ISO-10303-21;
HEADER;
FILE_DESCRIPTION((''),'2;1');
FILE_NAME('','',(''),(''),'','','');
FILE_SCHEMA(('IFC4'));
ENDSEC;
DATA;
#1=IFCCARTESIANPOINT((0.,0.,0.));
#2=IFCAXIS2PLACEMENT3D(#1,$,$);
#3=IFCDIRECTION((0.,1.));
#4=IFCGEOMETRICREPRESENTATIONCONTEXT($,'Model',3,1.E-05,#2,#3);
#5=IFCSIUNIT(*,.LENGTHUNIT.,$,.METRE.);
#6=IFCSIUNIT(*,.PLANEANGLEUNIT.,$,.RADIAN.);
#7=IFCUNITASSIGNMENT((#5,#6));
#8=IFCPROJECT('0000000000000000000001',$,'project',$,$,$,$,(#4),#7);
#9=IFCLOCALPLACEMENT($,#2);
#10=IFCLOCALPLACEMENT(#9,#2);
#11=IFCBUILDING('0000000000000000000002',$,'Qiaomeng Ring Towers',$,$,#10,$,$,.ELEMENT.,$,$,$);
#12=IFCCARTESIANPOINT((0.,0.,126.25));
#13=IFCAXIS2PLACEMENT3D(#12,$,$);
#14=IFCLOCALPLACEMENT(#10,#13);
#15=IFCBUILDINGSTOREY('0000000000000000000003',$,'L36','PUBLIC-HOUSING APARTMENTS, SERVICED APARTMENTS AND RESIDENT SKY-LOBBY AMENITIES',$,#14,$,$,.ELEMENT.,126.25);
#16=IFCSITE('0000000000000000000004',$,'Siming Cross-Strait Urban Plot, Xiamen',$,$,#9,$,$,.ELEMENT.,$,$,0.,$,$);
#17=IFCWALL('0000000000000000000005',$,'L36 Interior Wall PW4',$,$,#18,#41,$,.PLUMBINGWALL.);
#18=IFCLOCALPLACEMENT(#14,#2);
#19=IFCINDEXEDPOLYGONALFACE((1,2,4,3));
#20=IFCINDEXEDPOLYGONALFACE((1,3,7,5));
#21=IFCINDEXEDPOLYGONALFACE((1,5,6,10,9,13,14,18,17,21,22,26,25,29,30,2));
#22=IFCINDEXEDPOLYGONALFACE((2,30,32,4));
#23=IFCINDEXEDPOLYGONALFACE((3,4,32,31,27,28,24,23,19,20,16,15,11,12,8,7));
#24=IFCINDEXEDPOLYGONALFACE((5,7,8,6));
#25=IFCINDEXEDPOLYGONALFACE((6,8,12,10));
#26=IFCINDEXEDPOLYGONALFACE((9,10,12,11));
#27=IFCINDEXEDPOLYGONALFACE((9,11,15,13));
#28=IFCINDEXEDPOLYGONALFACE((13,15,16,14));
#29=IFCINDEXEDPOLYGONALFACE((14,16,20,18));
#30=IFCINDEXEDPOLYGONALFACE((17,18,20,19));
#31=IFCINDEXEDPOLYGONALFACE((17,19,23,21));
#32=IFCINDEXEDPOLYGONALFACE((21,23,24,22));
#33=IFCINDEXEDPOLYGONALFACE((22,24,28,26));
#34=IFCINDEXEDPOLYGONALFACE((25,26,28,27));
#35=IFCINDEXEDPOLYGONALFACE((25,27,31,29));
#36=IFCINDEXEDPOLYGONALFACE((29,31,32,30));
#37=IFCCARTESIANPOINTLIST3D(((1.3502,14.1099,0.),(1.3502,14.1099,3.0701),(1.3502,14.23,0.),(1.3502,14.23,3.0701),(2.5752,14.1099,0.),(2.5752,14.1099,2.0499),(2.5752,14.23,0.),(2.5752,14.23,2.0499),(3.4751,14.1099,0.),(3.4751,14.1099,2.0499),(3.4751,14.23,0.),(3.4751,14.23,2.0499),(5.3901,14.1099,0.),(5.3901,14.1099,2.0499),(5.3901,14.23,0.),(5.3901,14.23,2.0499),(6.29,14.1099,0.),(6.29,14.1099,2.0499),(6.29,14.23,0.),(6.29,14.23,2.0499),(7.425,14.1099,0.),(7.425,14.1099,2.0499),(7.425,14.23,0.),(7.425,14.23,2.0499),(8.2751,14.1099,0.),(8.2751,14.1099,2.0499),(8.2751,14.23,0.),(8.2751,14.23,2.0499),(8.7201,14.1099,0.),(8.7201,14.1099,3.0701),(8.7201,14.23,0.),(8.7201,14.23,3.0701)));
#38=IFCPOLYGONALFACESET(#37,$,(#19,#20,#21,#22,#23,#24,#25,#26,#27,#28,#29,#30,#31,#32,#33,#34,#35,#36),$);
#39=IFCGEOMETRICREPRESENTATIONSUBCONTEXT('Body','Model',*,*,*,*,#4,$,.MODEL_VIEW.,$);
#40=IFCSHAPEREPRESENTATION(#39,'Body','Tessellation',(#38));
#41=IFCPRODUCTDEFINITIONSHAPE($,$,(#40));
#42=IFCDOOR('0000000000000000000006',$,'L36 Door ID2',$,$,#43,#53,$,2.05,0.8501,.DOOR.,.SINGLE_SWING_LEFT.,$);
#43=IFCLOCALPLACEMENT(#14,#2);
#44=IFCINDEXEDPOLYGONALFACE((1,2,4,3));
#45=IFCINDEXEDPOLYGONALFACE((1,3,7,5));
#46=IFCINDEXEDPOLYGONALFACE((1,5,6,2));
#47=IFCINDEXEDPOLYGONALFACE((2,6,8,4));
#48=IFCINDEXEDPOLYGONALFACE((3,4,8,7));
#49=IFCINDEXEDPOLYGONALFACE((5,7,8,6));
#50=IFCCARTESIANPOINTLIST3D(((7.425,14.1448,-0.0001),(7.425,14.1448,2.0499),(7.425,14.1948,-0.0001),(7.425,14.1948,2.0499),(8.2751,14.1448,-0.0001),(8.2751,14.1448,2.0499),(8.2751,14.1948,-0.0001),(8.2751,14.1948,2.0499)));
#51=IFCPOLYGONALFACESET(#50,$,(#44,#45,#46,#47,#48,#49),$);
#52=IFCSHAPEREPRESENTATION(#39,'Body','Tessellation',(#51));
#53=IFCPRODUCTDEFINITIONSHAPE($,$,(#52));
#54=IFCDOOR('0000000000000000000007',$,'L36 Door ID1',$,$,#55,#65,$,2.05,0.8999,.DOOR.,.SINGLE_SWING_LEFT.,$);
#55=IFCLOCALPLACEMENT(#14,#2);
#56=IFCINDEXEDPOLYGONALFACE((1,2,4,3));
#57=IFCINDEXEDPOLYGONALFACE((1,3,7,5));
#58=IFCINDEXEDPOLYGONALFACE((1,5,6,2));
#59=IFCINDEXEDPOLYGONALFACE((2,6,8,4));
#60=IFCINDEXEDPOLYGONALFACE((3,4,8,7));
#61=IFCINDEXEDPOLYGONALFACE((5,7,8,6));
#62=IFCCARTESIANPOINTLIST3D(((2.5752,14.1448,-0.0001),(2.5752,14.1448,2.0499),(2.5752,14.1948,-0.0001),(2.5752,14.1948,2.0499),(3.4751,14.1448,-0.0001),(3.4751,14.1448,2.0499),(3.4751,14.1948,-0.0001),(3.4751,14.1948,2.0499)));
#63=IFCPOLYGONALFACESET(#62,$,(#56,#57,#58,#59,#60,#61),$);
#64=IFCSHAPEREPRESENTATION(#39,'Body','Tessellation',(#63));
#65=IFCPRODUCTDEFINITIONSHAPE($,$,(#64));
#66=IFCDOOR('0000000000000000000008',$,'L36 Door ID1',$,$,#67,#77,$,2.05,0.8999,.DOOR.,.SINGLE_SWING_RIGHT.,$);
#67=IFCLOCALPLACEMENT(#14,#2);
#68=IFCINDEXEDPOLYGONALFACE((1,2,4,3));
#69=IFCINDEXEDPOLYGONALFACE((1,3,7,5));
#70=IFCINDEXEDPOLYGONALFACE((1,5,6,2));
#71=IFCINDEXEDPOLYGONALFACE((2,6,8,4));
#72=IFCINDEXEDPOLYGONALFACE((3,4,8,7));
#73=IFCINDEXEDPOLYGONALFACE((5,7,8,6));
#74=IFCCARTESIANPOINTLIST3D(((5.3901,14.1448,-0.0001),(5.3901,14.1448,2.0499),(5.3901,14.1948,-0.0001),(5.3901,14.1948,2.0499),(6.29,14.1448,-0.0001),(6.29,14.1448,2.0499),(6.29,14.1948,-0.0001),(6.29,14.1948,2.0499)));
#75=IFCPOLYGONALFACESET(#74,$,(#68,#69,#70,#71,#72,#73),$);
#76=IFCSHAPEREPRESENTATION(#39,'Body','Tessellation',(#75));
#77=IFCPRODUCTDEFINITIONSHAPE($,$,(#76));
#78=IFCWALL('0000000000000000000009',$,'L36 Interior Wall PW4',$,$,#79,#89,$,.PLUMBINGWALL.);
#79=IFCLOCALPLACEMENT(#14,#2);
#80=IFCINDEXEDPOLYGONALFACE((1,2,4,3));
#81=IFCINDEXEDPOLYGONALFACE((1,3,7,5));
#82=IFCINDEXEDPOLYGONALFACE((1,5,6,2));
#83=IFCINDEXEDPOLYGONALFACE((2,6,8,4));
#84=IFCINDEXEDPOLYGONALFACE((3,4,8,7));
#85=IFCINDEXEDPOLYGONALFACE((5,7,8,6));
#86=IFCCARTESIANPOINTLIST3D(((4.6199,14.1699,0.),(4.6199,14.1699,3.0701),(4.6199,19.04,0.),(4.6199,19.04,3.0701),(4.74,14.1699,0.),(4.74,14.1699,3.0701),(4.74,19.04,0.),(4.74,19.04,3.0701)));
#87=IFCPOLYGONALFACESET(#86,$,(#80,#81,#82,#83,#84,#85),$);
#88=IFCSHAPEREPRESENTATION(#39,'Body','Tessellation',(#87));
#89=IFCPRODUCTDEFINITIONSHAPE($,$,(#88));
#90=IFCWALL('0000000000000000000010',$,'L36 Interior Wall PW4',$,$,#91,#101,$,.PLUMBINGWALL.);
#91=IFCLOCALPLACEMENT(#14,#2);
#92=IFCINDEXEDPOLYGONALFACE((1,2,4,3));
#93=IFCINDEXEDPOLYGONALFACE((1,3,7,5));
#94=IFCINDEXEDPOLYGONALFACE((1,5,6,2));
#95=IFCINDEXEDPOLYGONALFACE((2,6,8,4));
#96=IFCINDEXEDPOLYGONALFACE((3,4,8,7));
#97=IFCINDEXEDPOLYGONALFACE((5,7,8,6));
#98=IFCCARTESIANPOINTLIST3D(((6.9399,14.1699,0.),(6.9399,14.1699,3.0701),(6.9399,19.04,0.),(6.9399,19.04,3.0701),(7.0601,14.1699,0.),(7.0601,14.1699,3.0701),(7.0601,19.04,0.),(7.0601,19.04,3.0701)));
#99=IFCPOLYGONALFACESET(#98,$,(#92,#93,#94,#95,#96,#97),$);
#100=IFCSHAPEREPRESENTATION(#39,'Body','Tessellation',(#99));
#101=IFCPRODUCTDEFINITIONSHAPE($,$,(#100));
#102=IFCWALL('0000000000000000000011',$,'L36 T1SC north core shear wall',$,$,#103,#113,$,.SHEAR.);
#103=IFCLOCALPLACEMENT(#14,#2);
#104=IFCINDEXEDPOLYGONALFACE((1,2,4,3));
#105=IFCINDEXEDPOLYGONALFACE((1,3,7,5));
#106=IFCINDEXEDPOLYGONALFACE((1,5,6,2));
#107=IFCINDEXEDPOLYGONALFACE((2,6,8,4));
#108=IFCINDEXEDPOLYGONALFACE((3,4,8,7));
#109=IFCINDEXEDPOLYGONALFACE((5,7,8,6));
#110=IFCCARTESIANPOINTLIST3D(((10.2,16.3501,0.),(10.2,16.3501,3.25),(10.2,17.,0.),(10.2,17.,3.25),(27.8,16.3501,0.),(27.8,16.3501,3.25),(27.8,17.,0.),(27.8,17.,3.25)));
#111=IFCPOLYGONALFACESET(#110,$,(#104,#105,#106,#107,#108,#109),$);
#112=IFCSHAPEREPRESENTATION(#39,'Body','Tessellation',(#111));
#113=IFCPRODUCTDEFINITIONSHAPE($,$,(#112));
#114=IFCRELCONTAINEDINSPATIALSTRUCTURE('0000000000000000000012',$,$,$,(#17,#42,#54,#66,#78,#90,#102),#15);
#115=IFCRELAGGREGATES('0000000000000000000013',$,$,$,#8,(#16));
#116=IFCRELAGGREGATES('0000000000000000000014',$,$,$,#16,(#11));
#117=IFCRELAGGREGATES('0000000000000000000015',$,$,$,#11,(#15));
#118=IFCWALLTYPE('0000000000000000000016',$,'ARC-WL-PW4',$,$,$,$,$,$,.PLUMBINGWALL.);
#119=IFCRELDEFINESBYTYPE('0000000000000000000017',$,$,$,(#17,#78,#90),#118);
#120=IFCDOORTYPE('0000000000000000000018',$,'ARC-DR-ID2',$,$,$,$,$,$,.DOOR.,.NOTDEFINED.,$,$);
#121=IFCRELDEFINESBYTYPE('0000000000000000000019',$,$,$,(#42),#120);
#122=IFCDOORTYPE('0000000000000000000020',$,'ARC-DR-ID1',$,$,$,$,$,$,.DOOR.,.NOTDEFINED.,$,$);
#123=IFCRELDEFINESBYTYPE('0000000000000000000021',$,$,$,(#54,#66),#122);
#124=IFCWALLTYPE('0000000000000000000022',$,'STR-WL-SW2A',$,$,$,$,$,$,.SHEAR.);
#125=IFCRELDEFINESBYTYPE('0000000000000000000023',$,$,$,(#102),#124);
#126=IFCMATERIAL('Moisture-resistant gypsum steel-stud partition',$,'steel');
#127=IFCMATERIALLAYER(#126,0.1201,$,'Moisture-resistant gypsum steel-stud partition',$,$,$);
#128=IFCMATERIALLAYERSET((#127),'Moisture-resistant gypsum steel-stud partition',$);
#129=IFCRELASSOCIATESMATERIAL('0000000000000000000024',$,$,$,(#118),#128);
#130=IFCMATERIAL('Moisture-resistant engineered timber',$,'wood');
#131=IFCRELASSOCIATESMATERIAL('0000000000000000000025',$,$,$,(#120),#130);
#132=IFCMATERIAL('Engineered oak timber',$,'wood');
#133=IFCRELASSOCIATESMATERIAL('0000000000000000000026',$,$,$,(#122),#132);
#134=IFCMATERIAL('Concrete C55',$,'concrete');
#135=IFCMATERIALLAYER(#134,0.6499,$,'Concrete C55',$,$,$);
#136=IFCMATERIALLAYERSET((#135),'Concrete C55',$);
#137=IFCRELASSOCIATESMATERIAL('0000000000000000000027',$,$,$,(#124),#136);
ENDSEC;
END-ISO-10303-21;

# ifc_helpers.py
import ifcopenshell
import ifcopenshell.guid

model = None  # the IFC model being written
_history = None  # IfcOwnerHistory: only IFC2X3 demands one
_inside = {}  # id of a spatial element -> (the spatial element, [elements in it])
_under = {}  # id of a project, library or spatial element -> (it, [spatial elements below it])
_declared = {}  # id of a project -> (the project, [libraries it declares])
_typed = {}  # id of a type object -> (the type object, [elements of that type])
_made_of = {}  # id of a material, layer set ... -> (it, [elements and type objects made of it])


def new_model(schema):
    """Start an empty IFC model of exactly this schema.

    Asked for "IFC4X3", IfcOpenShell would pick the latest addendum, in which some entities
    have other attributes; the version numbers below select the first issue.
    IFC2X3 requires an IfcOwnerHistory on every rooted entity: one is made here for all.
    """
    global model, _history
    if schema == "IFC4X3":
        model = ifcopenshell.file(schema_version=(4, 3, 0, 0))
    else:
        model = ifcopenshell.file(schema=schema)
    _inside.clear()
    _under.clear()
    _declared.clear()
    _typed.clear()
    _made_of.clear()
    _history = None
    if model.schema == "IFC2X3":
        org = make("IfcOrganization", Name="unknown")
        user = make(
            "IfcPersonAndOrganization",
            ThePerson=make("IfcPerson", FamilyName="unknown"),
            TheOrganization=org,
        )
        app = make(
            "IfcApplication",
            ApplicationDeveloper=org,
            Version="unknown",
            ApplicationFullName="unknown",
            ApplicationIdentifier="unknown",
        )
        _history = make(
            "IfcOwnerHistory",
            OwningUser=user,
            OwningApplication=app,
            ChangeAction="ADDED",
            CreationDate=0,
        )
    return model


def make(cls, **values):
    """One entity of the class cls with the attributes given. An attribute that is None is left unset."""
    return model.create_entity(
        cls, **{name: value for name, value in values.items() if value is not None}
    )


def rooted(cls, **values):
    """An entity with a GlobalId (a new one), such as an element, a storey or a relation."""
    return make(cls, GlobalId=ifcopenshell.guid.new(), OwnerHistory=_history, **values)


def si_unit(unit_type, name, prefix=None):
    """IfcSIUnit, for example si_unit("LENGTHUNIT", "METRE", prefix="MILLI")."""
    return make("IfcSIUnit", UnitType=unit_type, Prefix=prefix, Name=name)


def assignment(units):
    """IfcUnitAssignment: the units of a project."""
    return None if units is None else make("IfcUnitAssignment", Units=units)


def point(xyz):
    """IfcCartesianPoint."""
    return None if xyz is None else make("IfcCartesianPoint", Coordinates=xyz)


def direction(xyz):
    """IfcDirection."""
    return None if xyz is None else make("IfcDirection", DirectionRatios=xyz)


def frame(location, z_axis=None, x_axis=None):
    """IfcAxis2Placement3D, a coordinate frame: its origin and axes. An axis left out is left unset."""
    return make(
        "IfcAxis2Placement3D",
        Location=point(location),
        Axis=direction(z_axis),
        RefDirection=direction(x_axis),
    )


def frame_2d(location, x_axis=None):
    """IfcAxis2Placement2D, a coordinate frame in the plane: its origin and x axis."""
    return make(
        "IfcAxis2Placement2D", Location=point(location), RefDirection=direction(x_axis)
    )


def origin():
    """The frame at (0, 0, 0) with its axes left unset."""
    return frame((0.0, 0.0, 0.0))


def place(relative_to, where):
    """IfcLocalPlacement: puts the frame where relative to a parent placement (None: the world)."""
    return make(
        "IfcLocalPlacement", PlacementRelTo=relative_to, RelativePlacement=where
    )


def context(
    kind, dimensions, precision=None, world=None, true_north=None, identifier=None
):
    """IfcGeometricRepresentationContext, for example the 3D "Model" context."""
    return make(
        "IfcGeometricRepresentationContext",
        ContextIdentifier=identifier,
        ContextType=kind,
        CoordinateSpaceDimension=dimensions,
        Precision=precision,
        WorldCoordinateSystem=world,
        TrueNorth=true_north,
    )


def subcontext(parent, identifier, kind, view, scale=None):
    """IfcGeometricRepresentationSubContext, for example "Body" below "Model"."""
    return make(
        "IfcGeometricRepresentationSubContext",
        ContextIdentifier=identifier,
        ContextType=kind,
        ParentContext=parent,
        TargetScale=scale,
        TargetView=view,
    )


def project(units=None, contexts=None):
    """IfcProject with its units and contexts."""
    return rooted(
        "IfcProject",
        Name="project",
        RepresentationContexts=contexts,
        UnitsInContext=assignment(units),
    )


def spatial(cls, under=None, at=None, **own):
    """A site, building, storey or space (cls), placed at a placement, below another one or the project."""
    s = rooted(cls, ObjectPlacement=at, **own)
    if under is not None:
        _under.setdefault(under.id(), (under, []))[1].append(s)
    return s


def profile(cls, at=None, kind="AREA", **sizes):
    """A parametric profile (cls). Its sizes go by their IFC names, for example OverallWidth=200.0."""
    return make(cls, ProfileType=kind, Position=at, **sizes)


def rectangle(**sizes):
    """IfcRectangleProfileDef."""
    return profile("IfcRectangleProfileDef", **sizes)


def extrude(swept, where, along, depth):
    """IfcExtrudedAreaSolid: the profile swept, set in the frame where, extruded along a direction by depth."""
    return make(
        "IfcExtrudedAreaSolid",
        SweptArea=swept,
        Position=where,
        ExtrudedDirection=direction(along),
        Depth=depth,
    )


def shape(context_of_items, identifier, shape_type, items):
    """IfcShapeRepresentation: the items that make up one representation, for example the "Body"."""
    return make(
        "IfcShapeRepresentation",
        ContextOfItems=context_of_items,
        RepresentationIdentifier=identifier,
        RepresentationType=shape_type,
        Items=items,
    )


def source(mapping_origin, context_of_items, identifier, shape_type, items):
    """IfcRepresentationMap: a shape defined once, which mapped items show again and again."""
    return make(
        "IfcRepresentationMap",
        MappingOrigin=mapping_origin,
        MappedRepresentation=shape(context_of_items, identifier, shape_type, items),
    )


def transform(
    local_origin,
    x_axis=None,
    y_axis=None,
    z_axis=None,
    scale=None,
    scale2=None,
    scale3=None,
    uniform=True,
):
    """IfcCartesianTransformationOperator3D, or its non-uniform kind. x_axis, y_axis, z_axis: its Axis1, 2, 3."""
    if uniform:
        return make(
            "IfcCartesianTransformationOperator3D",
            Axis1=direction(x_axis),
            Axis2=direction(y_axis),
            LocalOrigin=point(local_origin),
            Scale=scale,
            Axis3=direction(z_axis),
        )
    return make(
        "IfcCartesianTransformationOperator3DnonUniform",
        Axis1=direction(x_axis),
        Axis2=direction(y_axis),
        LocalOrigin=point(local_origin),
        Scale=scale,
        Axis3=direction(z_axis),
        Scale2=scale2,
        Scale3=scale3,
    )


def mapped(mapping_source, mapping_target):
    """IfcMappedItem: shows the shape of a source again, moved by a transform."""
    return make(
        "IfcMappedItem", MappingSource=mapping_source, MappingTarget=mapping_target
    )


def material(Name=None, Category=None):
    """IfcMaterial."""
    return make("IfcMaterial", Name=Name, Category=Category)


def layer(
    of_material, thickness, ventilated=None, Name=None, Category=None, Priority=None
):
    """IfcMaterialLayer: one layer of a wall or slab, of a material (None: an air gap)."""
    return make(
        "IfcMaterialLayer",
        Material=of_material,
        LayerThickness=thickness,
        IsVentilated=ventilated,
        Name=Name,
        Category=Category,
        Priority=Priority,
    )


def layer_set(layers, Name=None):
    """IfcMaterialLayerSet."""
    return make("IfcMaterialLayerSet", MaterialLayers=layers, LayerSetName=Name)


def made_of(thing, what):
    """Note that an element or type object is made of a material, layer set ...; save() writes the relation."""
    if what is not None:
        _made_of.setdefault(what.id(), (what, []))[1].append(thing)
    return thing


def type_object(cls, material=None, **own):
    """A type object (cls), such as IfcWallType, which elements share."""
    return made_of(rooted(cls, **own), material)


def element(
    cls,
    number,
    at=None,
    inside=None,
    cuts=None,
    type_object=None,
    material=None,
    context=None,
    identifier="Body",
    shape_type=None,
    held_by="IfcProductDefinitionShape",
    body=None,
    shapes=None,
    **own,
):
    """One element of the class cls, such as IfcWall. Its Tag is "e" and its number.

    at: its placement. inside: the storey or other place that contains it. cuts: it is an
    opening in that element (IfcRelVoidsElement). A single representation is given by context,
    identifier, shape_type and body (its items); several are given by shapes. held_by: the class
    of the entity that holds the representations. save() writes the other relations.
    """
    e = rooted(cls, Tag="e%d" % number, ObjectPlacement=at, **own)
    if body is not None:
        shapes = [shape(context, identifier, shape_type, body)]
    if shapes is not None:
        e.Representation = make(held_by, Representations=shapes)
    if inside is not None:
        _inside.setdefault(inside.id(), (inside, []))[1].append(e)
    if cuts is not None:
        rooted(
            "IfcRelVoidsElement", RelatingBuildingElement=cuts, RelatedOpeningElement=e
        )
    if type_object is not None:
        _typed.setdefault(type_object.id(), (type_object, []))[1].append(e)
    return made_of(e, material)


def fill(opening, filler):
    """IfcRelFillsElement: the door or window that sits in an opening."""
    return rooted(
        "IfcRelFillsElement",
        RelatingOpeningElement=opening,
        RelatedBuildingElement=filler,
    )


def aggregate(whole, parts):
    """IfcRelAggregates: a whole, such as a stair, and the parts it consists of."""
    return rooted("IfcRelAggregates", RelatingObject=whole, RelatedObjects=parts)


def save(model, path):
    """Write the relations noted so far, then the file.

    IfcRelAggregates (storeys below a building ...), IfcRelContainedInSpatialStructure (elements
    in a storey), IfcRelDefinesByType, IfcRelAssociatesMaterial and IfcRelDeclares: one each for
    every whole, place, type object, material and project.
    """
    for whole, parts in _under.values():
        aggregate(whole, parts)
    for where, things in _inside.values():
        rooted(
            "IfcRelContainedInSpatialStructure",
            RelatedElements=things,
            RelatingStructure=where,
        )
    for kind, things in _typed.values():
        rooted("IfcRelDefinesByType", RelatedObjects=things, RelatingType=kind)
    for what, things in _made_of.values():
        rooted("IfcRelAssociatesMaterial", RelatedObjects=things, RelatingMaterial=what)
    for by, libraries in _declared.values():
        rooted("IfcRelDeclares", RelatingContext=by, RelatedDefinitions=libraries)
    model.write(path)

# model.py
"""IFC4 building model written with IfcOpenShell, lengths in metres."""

from ifc_helpers import new_model, si_unit, direction, frame, frame_2d, origin, place, context, subcontext, project, spatial, rectangle, extrude, source, transform, mapped, material, layer, layer_set, type_object, element, fill, save


model = new_model("IFC4")

# Units and contexts
model_context = context("Model", 3, precision=1e-05, world=origin(), true_north=direction((0.0, 1.0)))
body_context = subcontext(model_context, "Body", "Model", "MODEL_VIEW")
ifc_project = project(units=[si_unit("LENGTHUNIT", "METRE"), si_unit("PLANEANGLEUNIT", "RADIAN")], contexts=[model_context])

# Site, building, storey
site_placement = place(None, origin())
site = spatial("IfcSite", under=ifc_project, at=site_placement, Name="Siming Cross-Strait Urban Plot, Xiamen", CompositionType="ELEMENT", RefElevation=0.0)
building_placement = place(site_placement, origin())
building = spatial("IfcBuilding", under=site, at=building_placement, Name="Qiaomeng Ring Towers", CompositionType="ELEMENT")
storey_placement = place(building_placement, frame((0.0, 0.0, 126.25)))
storey = spatial("IfcBuildingStorey", under=building, at=storey_placement, Name="L36", Description="PUBLIC-HOUSING APARTMENTS, SERVICED APARTMENTS AND RESIDENT SKY-LOBBY AMENITIES", CompositionType="ELEMENT", Elevation=126.25)

# Shared definitions
ifc_material_1 = material(Name="Concrete C55", Category="concrete")

# Wall, openings, doors
ifc_material_2 = material(Name="Moisture-resistant gypsum steel-stud partition", Category="steel")
ifc_layer_1 = layer(ifc_material_2, 0.1201, Name="Moisture-resistant gypsum steel-stud partition")
ifc_layer_set_1 = layer_set([ifc_layer_1], Name="Moisture-resistant gypsum steel-stud partition")
wall_type_1 = type_object("IfcWallType", Name="ARC-WL-PW4", PredefinedType="PLUMBINGWALL", material=ifc_layer_set_1)
wall_1_placement = place(storey_placement, frame((1.3501, 14.1699, 0.0), z_axis=(0.0, 0.0, 1.0), x_axis=(1.0, 0.0, 0.0)))
wall_1 = element("IfcWall", 1, at=wall_1_placement, inside=storey, type_object=wall_type_1, Name="L36 Interior Wall PW4", PredefinedType="PLUMBINGWALL", context=body_context, shape_type="SweptSolid", body=[
    extrude(rectangle(XDim=7.3699, YDim=0.1201, at=frame_2d((3.6851, 0.0))), origin(), (0.0, 0.0, 1.0), 3.0701),
])
opening_1_placement = place(wall_1_placement, frame((1.2251, 0.0, 0.0)))
opening_1 = element("IfcOpeningElement", 2, at=opening_1_placement, cuts=wall_1, PredefinedType="OPENING", context=body_context, shape_type="SweptSolid", body=[
    extrude(rectangle(XDim=0.8999, YDim=2.05, at=frame_2d((0.45, 1.0249))), frame((0.0, 0.0701, 0.0), z_axis=(0.0, -1.0, 0.0), x_axis=(1.0, 0.0, 0.0)), (0.0, 0.0, 1.0), 0.1401),
])
opening_2_placement = place(wall_1_placement, frame((4.04, 0.0, 0.0)))
opening_2 = element("IfcOpeningElement", 3, at=opening_2_placement, cuts=wall_1, PredefinedType="OPENING", context=body_context, shape_type="SweptSolid", body=[
    extrude(rectangle(XDim=0.8999, YDim=2.05, at=frame_2d((0.45, 1.0249))), frame((0.0, 0.0701, 0.0), z_axis=(0.0, -1.0, 0.0), x_axis=(1.0, 0.0, 0.0)), (0.0, 0.0, 1.0), 0.1401),
])
opening_3_placement = place(wall_1_placement, frame((6.075, 0.0, 0.0)))
opening_3 = element("IfcOpeningElement", 4, at=opening_3_placement, cuts=wall_1, PredefinedType="OPENING", context=body_context, shape_type="SweptSolid", body=[
    extrude(rectangle(XDim=0.8501, YDim=2.05, at=frame_2d((0.425, 1.0249))), frame((0.0, 0.0701, 0.0), z_axis=(0.0, -1.0, 0.0), x_axis=(1.0, 0.0, 0.0)), (0.0, 0.0, 1.0), 0.1401),
])
ifc_material_3 = material(Name="Moisture-resistant engineered timber", Category="wood")
door_type_1 = type_object("IfcDoorType", Name="ARC-DR-ID2", OperationType="NOTDEFINED", PredefinedType="DOOR", material=ifc_material_3)
shared_shape_1 = source(origin(), body_context, "Body", "SweptSolid", [
    extrude(rectangle(XDim=0.8501, YDim=2.05, at=frame_2d((0.425, 1.0249))), frame((0.0, 0.0249, 0.0), z_axis=(0.0, -1.0, 0.0), x_axis=(1.0, 0.0, 0.0)), (0.0, 0.0, 1.0), 0.05),
])
door_1_placement = place(opening_3_placement, origin())
door_1 = element("IfcDoor", 5, at=door_1_placement, inside=storey, type_object=door_type_1, Name="L36 Door ID2", OperationType="SINGLE_SWING_LEFT", OverallHeight=2.05, OverallWidth=0.8501, PredefinedType="DOOR", context=body_context, shape_type="MappedRepresentation", body=[
    mapped(shared_shape_1, transform((0.0, 0.0, 0.0), x_axis=(1.0, 0.0, 0.0), y_axis=(0.0, 1.0, 0.0), z_axis=(0.0, 0.0, 1.0), scale=1.0)),
])
fill(opening_3, door_1)
ifc_material_4 = material(Name="Engineered oak timber", Category="wood")
door_type_2 = type_object("IfcDoorType", Name="ARC-DR-ID1", OperationType="NOTDEFINED", PredefinedType="DOOR", material=ifc_material_4)
shared_shape_2 = source(origin(), body_context, "Body", "SweptSolid", [
    extrude(rectangle(XDim=0.8999, YDim=2.05, at=frame_2d((0.45, 1.0249))), frame((0.0, 0.0249, 0.0), z_axis=(0.0, -1.0, 0.0), x_axis=(1.0, 0.0, 0.0)), (0.0, 0.0, 1.0), 0.05),
])
door_2_placement = place(opening_1_placement, origin())
door_2 = element("IfcDoor", 6, at=door_2_placement, inside=storey, type_object=door_type_2, Name="L36 Door ID1", OperationType="SINGLE_SWING_LEFT", OverallHeight=2.05, OverallWidth=0.8999, PredefinedType="DOOR", context=body_context, shape_type="MappedRepresentation", body=[
    mapped(shared_shape_2, transform((0.0, 0.0, 0.0), x_axis=(1.0, 0.0, 0.0), y_axis=(0.0, 1.0, 0.0), z_axis=(0.0, 0.0, 1.0), scale=1.0)),
])
fill(opening_1, door_2)
door_3_placement = place(opening_2_placement, origin())
door_3 = element("IfcDoor", 7, at=door_3_placement, inside=storey, type_object=door_type_2, Name="L36 Door ID1", OperationType="SINGLE_SWING_RIGHT", OverallHeight=2.05, OverallWidth=0.8999, PredefinedType="DOOR", context=body_context, shape_type="MappedRepresentation", body=[
    mapped(shared_shape_2, transform((0.0, 0.0, 0.0), x_axis=(1.0, 0.0, 0.0), y_axis=(0.0, 1.0, 0.0), z_axis=(0.0, 0.0, 1.0), scale=1.0)),
])
fill(opening_2, door_3)

# Walls
for number, where, z_axis, x_axis, name in (
    (8, (4.6799, 14.1699, 0.0), (0.0, 0.0, 1.0), (0.0, 1.0, 0.0), "L36 Interior Wall PW4"),
    (9, (7.0, 14.1699, 0.0), (0.0, 0.0, 1.0), (0.0, 1.0, 0.0), "L36 Interior Wall PW4"),
):
    element("IfcWall", number, at=place(storey_placement, frame(where, z_axis=z_axis, x_axis=x_axis)), inside=storey, type_object=wall_type_1, Name=name, PredefinedType="PLUMBINGWALL", context=body_context, shape_type="SweptSolid", body=[
        extrude(rectangle(XDim=4.8701, YDim=0.1201, at=frame_2d((2.4351, 0.0))), origin(), (0.0, 0.0, 1.0), 3.0701),
    ])
ifc_layer_2 = layer(ifc_material_1, 0.6499, Name="Concrete C55")
ifc_layer_set_2 = layer_set([ifc_layer_2], Name="Concrete C55")
wall_type_2 = type_object("IfcWallType", Name="STR-WL-SW2A", PredefinedType="SHEAR", material=ifc_layer_set_2)
wall_2_placement = place(storey_placement, frame((10.2, 16.675, 0.0), z_axis=(0.0, 0.0, 1.0), x_axis=(1.0, 0.0, 0.0)))
element("IfcWall", 10, at=wall_2_placement, inside=storey, type_object=wall_type_2, Name="L36 T1SC north core shear wall", PredefinedType="SHEAR", context=body_context, shape_type="SweptSolid", body=[
    extrude(rectangle(XDim=17.6001, YDim=0.6499, at=frame_2d((8.8, 0.0))), origin(), (0.0, 0.0, 1.0), 3.25),
])

save(model, "model.ifc")
